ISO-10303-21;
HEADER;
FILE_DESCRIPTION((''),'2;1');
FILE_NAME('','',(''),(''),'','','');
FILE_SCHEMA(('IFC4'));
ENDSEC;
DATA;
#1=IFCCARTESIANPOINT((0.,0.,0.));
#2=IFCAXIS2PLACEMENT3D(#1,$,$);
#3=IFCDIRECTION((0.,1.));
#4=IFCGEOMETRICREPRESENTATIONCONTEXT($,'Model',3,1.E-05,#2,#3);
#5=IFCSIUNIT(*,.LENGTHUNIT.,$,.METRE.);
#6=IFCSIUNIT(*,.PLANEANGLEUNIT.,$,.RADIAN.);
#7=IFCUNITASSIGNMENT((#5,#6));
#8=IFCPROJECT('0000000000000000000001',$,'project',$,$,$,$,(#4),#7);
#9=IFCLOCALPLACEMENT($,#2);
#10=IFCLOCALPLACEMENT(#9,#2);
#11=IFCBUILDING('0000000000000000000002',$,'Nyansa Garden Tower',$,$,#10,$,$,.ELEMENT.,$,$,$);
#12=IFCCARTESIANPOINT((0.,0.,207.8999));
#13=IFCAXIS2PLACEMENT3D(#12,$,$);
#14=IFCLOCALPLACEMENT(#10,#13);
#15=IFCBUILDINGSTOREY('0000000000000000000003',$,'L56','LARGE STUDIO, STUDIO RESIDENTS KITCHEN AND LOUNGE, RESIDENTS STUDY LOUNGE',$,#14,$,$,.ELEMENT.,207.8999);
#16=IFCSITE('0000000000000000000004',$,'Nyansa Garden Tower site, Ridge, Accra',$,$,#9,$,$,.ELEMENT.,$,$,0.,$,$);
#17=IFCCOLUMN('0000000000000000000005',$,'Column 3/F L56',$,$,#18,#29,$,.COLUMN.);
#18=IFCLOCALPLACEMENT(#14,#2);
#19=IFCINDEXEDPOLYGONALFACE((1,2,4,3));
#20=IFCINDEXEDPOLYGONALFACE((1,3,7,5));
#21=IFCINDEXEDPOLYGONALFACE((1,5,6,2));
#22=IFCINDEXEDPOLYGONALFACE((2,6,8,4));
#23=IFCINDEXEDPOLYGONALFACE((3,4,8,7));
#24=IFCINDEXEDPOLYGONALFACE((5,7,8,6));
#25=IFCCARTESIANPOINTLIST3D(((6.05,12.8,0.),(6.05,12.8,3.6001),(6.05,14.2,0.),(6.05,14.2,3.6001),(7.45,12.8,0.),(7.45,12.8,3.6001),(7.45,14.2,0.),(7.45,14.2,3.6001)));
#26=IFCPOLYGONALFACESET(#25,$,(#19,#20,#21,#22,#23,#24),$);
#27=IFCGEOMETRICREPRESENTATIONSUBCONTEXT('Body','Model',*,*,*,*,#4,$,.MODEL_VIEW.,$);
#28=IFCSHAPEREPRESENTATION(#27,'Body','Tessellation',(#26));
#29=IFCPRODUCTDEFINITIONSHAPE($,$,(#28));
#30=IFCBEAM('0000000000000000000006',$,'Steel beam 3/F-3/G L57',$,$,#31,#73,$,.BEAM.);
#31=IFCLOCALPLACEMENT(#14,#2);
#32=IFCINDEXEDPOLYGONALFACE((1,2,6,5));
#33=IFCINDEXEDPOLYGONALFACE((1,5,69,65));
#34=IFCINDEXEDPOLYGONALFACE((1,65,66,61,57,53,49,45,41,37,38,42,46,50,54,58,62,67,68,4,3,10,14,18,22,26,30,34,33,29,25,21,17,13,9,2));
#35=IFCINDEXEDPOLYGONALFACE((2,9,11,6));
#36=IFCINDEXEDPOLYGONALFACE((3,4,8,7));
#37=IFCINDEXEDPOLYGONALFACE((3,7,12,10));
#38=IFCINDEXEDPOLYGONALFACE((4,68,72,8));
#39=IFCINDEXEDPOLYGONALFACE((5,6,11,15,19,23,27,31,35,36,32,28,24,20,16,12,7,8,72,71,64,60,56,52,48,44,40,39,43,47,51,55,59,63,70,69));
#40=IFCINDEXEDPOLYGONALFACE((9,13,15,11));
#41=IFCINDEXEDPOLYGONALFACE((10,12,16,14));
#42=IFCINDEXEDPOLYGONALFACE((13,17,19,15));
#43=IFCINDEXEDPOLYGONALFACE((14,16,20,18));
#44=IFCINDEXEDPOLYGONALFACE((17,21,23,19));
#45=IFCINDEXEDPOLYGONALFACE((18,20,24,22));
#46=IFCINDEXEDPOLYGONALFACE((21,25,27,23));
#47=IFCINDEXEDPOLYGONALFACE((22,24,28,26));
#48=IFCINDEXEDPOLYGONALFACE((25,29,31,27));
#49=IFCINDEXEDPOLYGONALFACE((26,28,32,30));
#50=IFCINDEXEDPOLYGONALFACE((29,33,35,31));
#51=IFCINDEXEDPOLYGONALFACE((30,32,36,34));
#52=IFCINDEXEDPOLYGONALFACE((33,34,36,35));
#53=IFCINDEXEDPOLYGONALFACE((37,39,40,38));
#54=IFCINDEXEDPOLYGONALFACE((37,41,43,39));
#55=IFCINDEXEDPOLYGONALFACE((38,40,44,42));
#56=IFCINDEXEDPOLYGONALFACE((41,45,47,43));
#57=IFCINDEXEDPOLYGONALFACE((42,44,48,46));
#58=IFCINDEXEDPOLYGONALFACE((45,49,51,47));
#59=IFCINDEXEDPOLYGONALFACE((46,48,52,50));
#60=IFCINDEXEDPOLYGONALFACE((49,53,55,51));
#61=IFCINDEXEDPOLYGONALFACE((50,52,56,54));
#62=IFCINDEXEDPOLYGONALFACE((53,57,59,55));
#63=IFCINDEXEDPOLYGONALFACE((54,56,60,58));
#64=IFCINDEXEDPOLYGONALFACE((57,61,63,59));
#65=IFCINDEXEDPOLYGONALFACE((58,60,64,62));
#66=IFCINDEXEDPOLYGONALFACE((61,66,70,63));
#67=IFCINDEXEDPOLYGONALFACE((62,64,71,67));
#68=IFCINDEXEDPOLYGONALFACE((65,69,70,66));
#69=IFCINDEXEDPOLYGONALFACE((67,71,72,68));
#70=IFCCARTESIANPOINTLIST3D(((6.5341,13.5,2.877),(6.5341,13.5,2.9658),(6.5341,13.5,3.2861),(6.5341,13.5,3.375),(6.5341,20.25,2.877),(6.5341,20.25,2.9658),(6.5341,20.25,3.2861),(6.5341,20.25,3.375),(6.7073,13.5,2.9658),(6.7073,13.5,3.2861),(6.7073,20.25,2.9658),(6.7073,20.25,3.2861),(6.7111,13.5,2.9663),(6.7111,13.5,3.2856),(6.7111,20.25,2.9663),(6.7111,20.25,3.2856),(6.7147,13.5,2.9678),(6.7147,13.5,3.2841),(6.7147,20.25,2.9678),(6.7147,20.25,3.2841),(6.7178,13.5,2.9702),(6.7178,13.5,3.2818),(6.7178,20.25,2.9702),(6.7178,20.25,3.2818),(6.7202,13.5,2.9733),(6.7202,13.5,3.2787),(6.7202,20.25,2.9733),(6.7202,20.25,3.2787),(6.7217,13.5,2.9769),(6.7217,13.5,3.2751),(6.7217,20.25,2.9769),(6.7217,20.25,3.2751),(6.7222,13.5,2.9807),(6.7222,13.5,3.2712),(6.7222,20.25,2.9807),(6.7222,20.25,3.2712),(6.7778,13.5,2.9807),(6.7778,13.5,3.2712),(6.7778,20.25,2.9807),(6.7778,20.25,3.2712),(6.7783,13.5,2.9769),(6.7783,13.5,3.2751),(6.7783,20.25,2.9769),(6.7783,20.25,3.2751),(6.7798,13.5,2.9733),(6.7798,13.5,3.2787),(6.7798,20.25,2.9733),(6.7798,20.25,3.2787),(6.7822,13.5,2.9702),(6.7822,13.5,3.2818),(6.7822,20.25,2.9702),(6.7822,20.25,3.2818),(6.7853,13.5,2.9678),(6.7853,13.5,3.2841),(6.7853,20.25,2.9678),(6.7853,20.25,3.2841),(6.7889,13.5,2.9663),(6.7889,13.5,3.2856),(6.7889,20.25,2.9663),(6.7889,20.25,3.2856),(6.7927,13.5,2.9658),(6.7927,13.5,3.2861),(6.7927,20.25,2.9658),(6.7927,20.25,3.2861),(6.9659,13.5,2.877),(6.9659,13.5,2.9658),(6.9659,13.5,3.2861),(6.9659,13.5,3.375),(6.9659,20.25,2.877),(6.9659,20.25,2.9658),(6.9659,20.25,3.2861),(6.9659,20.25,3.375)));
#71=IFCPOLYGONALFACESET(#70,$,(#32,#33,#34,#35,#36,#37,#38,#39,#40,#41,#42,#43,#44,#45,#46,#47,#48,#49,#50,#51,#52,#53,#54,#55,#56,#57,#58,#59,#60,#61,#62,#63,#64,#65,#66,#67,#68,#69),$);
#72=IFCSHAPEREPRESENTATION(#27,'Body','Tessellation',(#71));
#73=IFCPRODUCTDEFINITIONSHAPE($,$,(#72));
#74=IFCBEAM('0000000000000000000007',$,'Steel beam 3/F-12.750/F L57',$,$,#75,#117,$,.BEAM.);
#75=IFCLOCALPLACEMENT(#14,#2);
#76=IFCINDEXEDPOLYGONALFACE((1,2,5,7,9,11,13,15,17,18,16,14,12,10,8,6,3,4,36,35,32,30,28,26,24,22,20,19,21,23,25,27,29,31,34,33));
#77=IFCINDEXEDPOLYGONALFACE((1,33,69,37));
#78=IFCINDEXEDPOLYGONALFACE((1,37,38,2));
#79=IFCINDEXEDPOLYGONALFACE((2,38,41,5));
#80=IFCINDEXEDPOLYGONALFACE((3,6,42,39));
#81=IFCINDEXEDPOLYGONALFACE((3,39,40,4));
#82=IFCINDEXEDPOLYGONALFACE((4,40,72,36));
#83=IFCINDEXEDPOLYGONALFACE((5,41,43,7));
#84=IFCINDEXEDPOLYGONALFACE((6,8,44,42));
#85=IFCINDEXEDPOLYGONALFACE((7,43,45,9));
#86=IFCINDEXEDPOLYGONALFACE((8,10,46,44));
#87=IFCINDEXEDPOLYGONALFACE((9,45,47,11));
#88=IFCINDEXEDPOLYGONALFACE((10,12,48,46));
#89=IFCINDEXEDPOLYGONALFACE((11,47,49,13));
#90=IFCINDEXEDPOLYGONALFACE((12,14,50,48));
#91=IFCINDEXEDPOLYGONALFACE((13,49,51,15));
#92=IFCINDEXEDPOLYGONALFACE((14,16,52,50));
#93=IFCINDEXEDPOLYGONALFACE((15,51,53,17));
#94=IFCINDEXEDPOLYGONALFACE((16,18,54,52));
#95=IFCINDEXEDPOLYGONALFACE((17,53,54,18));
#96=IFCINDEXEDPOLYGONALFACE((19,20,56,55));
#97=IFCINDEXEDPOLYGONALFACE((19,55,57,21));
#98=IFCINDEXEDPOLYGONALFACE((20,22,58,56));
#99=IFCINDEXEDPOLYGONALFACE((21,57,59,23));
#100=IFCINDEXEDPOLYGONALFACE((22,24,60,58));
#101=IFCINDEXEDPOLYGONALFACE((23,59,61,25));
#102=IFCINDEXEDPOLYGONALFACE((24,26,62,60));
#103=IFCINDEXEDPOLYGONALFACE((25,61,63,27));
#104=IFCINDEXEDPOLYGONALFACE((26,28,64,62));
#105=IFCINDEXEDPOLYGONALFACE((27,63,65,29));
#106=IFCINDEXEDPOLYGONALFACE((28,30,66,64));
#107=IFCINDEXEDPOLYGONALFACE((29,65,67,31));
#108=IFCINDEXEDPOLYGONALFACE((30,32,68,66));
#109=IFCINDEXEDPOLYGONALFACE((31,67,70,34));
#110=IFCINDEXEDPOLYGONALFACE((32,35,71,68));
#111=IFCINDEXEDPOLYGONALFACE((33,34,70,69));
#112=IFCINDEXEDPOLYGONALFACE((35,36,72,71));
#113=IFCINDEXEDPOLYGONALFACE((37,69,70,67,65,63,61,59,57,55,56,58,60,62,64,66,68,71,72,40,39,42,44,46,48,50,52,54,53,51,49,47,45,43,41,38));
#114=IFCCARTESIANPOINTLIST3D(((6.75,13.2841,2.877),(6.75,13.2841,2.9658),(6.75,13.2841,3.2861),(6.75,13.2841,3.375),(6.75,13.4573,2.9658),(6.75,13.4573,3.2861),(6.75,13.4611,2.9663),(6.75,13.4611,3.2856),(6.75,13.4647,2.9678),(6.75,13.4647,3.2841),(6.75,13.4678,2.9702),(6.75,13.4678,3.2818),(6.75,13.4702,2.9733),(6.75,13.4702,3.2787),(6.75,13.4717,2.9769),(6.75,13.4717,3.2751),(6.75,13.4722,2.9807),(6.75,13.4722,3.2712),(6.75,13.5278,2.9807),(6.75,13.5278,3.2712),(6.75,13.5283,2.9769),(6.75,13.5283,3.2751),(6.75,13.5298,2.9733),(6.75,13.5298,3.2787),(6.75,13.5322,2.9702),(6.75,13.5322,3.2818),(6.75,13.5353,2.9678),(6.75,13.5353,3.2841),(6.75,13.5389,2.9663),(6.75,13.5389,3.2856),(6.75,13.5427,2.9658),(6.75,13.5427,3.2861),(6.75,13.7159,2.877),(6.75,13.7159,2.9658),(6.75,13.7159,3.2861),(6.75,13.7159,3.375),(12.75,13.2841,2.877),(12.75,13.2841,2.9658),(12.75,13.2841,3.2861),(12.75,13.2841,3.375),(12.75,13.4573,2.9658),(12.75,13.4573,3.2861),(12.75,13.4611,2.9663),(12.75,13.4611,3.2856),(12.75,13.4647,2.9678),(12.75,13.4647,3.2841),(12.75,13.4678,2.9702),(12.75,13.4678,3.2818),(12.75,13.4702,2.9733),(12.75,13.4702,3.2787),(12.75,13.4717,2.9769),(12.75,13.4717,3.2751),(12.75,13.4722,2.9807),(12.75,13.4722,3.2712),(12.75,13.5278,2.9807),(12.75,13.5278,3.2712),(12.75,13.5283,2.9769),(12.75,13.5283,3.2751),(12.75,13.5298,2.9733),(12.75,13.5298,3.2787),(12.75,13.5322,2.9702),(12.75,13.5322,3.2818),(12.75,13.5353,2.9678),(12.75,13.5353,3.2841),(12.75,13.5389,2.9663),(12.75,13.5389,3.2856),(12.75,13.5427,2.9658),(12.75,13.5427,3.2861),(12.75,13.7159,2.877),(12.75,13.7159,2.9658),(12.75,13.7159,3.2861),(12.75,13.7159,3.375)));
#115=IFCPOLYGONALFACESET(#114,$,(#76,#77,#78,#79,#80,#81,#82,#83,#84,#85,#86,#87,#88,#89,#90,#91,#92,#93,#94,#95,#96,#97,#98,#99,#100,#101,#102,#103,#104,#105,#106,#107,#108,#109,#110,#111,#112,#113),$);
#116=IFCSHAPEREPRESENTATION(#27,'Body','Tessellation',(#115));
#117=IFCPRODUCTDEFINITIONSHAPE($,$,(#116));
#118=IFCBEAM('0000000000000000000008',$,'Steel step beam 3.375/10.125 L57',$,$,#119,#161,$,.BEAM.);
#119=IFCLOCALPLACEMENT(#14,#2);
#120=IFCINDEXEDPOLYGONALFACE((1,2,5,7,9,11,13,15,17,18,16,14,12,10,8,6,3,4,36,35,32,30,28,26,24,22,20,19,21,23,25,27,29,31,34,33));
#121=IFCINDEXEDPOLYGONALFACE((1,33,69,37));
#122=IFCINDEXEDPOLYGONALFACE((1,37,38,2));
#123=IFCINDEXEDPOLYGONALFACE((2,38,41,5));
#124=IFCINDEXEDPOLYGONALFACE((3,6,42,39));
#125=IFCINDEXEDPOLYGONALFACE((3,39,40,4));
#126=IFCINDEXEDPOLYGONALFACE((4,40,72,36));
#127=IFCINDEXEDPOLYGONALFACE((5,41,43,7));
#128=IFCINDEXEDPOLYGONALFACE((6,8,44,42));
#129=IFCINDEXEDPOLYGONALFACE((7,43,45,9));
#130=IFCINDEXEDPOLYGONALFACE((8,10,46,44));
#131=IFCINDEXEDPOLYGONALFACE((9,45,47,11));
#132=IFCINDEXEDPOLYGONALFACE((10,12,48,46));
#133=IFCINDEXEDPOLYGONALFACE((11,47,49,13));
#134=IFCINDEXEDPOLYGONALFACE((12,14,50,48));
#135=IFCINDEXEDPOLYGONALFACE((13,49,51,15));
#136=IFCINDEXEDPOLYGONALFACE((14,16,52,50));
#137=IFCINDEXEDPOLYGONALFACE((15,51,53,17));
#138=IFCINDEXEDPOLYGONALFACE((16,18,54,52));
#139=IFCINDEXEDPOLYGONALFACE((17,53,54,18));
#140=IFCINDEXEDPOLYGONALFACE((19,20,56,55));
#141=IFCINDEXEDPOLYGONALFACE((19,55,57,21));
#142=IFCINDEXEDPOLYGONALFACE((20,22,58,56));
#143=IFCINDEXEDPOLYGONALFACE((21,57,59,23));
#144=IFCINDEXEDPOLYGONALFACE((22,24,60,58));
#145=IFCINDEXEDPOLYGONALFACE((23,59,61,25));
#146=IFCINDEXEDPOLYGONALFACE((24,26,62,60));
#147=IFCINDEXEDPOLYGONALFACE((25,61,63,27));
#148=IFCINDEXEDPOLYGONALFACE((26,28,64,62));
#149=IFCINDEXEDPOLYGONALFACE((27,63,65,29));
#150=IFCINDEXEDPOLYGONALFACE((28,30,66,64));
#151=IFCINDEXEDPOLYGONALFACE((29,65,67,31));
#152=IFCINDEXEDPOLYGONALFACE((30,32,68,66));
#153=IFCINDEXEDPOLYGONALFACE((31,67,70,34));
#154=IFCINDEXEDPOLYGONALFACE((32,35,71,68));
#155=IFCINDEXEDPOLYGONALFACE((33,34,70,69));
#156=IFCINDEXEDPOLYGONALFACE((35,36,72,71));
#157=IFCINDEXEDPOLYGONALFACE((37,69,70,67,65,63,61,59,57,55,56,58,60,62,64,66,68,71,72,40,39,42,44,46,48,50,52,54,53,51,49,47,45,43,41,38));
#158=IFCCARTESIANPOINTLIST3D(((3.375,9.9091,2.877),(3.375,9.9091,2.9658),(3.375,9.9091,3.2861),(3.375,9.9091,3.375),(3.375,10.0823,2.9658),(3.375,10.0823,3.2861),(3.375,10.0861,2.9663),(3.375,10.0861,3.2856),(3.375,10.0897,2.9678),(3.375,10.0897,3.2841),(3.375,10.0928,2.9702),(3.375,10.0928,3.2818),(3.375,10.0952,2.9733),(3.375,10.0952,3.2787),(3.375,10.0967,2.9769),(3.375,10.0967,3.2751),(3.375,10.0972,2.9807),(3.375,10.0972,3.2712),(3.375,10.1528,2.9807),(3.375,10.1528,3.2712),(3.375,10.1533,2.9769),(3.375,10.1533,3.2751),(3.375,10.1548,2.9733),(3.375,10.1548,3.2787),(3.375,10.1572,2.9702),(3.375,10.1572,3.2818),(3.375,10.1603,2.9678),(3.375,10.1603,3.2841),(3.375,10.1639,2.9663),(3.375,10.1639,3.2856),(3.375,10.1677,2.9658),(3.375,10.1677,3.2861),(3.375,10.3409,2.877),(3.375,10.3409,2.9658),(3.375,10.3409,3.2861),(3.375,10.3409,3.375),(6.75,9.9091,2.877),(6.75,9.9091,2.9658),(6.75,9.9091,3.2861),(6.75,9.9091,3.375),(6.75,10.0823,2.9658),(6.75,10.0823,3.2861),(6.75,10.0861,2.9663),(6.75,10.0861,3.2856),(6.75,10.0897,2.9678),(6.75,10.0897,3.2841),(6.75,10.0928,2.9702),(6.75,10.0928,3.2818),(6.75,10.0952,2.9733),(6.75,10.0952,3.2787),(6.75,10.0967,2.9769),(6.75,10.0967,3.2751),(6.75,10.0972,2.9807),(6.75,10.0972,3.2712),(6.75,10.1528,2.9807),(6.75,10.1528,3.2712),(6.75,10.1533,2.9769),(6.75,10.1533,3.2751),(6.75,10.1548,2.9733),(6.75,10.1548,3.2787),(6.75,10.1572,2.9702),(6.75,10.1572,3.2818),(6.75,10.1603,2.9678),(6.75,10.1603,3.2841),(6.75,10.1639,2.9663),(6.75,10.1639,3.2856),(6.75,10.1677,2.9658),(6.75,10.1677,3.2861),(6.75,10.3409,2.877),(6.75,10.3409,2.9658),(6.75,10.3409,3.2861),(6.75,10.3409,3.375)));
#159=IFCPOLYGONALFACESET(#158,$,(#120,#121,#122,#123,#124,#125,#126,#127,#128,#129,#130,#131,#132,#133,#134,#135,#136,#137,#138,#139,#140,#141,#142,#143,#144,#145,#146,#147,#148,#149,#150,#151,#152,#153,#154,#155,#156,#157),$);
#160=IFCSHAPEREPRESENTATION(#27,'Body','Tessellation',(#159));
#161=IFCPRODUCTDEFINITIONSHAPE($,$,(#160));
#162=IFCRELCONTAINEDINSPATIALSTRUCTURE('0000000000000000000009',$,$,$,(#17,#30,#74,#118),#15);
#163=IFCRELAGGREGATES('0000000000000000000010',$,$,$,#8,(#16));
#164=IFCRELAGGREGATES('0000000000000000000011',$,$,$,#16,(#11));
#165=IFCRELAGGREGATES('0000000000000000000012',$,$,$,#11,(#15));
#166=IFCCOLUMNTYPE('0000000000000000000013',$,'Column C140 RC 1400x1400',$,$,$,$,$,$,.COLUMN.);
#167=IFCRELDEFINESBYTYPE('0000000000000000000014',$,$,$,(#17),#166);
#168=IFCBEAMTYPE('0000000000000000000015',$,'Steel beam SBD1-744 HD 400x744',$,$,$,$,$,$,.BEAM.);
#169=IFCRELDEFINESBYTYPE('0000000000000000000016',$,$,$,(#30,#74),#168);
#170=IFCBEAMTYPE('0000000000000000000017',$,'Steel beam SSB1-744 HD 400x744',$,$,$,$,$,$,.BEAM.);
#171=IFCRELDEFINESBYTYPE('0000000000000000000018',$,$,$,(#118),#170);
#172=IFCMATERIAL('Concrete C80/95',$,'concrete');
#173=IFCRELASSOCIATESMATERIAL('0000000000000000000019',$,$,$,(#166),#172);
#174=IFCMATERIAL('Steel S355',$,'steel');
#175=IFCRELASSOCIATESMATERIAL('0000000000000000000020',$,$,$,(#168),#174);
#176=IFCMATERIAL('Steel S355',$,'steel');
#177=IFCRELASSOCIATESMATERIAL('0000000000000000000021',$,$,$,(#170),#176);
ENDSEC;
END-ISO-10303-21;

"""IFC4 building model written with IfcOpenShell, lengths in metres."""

from ifc_helpers import new_model, si_unit, direction, frame, origin, origin_2d, place, context, subcontext, project, spatial, rectangle, i_section, extrude, material, material_profile, profile_set, type_object, element, save


model = new_model("IFC4")

# Units and contexts
model_context = context("Model", 3, precision=1e-05, world=origin(), true_north=direction((0.0, 1.0)))
body_context = subcontext(model_context, "Body", "Model", "MODEL_VIEW")
ifc_project = project(units=[si_unit("LENGTHUNIT", "METRE"), si_unit("PLANEANGLEUNIT", "RADIAN")], contexts=[model_context])

# Site, building, storey
site_placement = place(None, origin())
site = spatial("IfcSite", under=ifc_project, at=site_placement, Name="Nyansa Garden Tower site, Ridge, Accra", CompositionType="ELEMENT", RefElevation=0.0)
building_placement = place(site_placement, origin())
building = spatial("IfcBuilding", under=site, at=building_placement, Name="Nyansa Garden Tower", CompositionType="ELEMENT")
storey_placement = place(building_placement, frame((0.0, 0.0, 207.8999)))
storey = spatial("IfcBuildingStorey", under=building, at=storey_placement, Name="L56", Description="LARGE STUDIO, STUDIO RESIDENTS KITCHEN AND LOUNGE, RESIDENTS STUDY LOUNGE", CompositionType="ELEMENT", Elevation=207.8999)

# Column
ifc_material_1 = material(Name="Concrete C80/95", Category="concrete")
ifc_material_profile_1 = material_profile(ifc_material_1, rectangle(XDim=1.3999, YDim=1.3999, at=origin_2d()), Name="RC 1400x1400")
ifc_profile_set_1 = profile_set([ifc_material_profile_1], Name="Concrete C80/95")
column_type = type_object("IfcColumnType", Name="Column C140 RC 1400x1400", PredefinedType="COLUMN", material=ifc_profile_set_1)
column_placement = place(storey_placement, frame((6.75, 13.5, 0.0), z_axis=(0.0, 0.0, 1.0), x_axis=(1.0, 0.0, 0.0)))
element("IfcColumn", 1, at=column_placement, inside=storey, type_object=column_type, Name="Column 3/F L56", PredefinedType="COLUMN", context=body_context, shape_type="SweptSolid", body=[
    extrude(rectangle(XDim=1.3999, YDim=1.3999, at=origin_2d()), origin(), (0.0, 0.0, 1.0), 3.6001),
])

# Beams
ifc_material_2 = material(Name="Steel S355", Category="steel")
ifc_material_profile_2 = material_profile(ifc_material_2, i_section(OverallWidth=0.4319, OverallDepth=0.498, WebThickness=0.0557, FlangeThickness=0.0889, FilletRadius=0.0149, at=origin_2d()), Name="HD 400x744")
ifc_profile_set_2 = profile_set([ifc_material_profile_2], Name="Steel S355")
beam_type_1 = type_object("IfcBeamType", Name="Steel beam SBD1-744 HD 400x744", PredefinedType="BEAM", material=ifc_profile_set_2)
beam_1_placement = place(storey_placement, frame((6.75, 13.5, 3.126), z_axis=(0.0, 1.0, 0.0), x_axis=(-1.0, 0.0, 0.0)))
element("IfcBeam", 2, at=beam_1_placement, inside=storey, type_object=beam_type_1, Name="Steel beam 3/F-3/G L57", PredefinedType="BEAM", context=body_context, shape_type="SweptSolid", body=[
    extrude(i_section(OverallWidth=0.4319, OverallDepth=0.498, WebThickness=0.0557, FlangeThickness=0.0889, FilletRadius=0.0149, at=origin_2d()), origin(), (0.0, 0.0, 1.0), 6.75),
])
beam_2_placement = place(storey_placement, frame((6.75, 13.5, 3.126), z_axis=(1.0, 0.0, 0.0), x_axis=(0.0, 1.0, 0.0)))
element("IfcBeam", 3, at=beam_2_placement, inside=storey, type_object=beam_type_1, Name="Steel beam 3/F-12.750/F L57", PredefinedType="BEAM", context=body_context, shape_type="SweptSolid", body=[
    extrude(i_section(OverallWidth=0.4319, OverallDepth=0.498, WebThickness=0.0557, FlangeThickness=0.0889, FilletRadius=0.0149, at=origin_2d()), origin(), (0.0, 0.0, 1.0), 6.0),
])
ifc_material_3 = material(Name="Steel S355", Category="steel")
ifc_material_profile_3 = material_profile(ifc_material_3, i_section(OverallWidth=0.4319, OverallDepth=0.498, WebThickness=0.0557, FlangeThickness=0.0889, FilletRadius=0.0149, at=origin_2d()), Name="HD 400x744")
ifc_profile_set_3 = profile_set([ifc_material_profile_3], Name="Steel S355")
beam_type_2 = type_object("IfcBeamType", Name="Steel beam SSB1-744 HD 400x744", PredefinedType="BEAM", material=ifc_profile_set_3)
beam_3_placement = place(storey_placement, frame((3.375, 10.125, 3.126), z_axis=(1.0, 0.0, 0.0), x_axis=(0.0, 1.0, 0.0)))
element("IfcBeam", 4, at=beam_3_placement, inside=storey, type_object=beam_type_2, Name="Steel step beam 3.375/10.125 L57", PredefinedType="BEAM", context=body_context, shape_type="SweptSolid", body=[
    extrude(i_section(OverallWidth=0.4319, OverallDepth=0.498, WebThickness=0.0557, FlangeThickness=0.0889, FilletRadius=0.0149, at=origin_2d()), origin(), (0.0, 0.0, 1.0), 3.375),
])

save(model, "model.ifc")
